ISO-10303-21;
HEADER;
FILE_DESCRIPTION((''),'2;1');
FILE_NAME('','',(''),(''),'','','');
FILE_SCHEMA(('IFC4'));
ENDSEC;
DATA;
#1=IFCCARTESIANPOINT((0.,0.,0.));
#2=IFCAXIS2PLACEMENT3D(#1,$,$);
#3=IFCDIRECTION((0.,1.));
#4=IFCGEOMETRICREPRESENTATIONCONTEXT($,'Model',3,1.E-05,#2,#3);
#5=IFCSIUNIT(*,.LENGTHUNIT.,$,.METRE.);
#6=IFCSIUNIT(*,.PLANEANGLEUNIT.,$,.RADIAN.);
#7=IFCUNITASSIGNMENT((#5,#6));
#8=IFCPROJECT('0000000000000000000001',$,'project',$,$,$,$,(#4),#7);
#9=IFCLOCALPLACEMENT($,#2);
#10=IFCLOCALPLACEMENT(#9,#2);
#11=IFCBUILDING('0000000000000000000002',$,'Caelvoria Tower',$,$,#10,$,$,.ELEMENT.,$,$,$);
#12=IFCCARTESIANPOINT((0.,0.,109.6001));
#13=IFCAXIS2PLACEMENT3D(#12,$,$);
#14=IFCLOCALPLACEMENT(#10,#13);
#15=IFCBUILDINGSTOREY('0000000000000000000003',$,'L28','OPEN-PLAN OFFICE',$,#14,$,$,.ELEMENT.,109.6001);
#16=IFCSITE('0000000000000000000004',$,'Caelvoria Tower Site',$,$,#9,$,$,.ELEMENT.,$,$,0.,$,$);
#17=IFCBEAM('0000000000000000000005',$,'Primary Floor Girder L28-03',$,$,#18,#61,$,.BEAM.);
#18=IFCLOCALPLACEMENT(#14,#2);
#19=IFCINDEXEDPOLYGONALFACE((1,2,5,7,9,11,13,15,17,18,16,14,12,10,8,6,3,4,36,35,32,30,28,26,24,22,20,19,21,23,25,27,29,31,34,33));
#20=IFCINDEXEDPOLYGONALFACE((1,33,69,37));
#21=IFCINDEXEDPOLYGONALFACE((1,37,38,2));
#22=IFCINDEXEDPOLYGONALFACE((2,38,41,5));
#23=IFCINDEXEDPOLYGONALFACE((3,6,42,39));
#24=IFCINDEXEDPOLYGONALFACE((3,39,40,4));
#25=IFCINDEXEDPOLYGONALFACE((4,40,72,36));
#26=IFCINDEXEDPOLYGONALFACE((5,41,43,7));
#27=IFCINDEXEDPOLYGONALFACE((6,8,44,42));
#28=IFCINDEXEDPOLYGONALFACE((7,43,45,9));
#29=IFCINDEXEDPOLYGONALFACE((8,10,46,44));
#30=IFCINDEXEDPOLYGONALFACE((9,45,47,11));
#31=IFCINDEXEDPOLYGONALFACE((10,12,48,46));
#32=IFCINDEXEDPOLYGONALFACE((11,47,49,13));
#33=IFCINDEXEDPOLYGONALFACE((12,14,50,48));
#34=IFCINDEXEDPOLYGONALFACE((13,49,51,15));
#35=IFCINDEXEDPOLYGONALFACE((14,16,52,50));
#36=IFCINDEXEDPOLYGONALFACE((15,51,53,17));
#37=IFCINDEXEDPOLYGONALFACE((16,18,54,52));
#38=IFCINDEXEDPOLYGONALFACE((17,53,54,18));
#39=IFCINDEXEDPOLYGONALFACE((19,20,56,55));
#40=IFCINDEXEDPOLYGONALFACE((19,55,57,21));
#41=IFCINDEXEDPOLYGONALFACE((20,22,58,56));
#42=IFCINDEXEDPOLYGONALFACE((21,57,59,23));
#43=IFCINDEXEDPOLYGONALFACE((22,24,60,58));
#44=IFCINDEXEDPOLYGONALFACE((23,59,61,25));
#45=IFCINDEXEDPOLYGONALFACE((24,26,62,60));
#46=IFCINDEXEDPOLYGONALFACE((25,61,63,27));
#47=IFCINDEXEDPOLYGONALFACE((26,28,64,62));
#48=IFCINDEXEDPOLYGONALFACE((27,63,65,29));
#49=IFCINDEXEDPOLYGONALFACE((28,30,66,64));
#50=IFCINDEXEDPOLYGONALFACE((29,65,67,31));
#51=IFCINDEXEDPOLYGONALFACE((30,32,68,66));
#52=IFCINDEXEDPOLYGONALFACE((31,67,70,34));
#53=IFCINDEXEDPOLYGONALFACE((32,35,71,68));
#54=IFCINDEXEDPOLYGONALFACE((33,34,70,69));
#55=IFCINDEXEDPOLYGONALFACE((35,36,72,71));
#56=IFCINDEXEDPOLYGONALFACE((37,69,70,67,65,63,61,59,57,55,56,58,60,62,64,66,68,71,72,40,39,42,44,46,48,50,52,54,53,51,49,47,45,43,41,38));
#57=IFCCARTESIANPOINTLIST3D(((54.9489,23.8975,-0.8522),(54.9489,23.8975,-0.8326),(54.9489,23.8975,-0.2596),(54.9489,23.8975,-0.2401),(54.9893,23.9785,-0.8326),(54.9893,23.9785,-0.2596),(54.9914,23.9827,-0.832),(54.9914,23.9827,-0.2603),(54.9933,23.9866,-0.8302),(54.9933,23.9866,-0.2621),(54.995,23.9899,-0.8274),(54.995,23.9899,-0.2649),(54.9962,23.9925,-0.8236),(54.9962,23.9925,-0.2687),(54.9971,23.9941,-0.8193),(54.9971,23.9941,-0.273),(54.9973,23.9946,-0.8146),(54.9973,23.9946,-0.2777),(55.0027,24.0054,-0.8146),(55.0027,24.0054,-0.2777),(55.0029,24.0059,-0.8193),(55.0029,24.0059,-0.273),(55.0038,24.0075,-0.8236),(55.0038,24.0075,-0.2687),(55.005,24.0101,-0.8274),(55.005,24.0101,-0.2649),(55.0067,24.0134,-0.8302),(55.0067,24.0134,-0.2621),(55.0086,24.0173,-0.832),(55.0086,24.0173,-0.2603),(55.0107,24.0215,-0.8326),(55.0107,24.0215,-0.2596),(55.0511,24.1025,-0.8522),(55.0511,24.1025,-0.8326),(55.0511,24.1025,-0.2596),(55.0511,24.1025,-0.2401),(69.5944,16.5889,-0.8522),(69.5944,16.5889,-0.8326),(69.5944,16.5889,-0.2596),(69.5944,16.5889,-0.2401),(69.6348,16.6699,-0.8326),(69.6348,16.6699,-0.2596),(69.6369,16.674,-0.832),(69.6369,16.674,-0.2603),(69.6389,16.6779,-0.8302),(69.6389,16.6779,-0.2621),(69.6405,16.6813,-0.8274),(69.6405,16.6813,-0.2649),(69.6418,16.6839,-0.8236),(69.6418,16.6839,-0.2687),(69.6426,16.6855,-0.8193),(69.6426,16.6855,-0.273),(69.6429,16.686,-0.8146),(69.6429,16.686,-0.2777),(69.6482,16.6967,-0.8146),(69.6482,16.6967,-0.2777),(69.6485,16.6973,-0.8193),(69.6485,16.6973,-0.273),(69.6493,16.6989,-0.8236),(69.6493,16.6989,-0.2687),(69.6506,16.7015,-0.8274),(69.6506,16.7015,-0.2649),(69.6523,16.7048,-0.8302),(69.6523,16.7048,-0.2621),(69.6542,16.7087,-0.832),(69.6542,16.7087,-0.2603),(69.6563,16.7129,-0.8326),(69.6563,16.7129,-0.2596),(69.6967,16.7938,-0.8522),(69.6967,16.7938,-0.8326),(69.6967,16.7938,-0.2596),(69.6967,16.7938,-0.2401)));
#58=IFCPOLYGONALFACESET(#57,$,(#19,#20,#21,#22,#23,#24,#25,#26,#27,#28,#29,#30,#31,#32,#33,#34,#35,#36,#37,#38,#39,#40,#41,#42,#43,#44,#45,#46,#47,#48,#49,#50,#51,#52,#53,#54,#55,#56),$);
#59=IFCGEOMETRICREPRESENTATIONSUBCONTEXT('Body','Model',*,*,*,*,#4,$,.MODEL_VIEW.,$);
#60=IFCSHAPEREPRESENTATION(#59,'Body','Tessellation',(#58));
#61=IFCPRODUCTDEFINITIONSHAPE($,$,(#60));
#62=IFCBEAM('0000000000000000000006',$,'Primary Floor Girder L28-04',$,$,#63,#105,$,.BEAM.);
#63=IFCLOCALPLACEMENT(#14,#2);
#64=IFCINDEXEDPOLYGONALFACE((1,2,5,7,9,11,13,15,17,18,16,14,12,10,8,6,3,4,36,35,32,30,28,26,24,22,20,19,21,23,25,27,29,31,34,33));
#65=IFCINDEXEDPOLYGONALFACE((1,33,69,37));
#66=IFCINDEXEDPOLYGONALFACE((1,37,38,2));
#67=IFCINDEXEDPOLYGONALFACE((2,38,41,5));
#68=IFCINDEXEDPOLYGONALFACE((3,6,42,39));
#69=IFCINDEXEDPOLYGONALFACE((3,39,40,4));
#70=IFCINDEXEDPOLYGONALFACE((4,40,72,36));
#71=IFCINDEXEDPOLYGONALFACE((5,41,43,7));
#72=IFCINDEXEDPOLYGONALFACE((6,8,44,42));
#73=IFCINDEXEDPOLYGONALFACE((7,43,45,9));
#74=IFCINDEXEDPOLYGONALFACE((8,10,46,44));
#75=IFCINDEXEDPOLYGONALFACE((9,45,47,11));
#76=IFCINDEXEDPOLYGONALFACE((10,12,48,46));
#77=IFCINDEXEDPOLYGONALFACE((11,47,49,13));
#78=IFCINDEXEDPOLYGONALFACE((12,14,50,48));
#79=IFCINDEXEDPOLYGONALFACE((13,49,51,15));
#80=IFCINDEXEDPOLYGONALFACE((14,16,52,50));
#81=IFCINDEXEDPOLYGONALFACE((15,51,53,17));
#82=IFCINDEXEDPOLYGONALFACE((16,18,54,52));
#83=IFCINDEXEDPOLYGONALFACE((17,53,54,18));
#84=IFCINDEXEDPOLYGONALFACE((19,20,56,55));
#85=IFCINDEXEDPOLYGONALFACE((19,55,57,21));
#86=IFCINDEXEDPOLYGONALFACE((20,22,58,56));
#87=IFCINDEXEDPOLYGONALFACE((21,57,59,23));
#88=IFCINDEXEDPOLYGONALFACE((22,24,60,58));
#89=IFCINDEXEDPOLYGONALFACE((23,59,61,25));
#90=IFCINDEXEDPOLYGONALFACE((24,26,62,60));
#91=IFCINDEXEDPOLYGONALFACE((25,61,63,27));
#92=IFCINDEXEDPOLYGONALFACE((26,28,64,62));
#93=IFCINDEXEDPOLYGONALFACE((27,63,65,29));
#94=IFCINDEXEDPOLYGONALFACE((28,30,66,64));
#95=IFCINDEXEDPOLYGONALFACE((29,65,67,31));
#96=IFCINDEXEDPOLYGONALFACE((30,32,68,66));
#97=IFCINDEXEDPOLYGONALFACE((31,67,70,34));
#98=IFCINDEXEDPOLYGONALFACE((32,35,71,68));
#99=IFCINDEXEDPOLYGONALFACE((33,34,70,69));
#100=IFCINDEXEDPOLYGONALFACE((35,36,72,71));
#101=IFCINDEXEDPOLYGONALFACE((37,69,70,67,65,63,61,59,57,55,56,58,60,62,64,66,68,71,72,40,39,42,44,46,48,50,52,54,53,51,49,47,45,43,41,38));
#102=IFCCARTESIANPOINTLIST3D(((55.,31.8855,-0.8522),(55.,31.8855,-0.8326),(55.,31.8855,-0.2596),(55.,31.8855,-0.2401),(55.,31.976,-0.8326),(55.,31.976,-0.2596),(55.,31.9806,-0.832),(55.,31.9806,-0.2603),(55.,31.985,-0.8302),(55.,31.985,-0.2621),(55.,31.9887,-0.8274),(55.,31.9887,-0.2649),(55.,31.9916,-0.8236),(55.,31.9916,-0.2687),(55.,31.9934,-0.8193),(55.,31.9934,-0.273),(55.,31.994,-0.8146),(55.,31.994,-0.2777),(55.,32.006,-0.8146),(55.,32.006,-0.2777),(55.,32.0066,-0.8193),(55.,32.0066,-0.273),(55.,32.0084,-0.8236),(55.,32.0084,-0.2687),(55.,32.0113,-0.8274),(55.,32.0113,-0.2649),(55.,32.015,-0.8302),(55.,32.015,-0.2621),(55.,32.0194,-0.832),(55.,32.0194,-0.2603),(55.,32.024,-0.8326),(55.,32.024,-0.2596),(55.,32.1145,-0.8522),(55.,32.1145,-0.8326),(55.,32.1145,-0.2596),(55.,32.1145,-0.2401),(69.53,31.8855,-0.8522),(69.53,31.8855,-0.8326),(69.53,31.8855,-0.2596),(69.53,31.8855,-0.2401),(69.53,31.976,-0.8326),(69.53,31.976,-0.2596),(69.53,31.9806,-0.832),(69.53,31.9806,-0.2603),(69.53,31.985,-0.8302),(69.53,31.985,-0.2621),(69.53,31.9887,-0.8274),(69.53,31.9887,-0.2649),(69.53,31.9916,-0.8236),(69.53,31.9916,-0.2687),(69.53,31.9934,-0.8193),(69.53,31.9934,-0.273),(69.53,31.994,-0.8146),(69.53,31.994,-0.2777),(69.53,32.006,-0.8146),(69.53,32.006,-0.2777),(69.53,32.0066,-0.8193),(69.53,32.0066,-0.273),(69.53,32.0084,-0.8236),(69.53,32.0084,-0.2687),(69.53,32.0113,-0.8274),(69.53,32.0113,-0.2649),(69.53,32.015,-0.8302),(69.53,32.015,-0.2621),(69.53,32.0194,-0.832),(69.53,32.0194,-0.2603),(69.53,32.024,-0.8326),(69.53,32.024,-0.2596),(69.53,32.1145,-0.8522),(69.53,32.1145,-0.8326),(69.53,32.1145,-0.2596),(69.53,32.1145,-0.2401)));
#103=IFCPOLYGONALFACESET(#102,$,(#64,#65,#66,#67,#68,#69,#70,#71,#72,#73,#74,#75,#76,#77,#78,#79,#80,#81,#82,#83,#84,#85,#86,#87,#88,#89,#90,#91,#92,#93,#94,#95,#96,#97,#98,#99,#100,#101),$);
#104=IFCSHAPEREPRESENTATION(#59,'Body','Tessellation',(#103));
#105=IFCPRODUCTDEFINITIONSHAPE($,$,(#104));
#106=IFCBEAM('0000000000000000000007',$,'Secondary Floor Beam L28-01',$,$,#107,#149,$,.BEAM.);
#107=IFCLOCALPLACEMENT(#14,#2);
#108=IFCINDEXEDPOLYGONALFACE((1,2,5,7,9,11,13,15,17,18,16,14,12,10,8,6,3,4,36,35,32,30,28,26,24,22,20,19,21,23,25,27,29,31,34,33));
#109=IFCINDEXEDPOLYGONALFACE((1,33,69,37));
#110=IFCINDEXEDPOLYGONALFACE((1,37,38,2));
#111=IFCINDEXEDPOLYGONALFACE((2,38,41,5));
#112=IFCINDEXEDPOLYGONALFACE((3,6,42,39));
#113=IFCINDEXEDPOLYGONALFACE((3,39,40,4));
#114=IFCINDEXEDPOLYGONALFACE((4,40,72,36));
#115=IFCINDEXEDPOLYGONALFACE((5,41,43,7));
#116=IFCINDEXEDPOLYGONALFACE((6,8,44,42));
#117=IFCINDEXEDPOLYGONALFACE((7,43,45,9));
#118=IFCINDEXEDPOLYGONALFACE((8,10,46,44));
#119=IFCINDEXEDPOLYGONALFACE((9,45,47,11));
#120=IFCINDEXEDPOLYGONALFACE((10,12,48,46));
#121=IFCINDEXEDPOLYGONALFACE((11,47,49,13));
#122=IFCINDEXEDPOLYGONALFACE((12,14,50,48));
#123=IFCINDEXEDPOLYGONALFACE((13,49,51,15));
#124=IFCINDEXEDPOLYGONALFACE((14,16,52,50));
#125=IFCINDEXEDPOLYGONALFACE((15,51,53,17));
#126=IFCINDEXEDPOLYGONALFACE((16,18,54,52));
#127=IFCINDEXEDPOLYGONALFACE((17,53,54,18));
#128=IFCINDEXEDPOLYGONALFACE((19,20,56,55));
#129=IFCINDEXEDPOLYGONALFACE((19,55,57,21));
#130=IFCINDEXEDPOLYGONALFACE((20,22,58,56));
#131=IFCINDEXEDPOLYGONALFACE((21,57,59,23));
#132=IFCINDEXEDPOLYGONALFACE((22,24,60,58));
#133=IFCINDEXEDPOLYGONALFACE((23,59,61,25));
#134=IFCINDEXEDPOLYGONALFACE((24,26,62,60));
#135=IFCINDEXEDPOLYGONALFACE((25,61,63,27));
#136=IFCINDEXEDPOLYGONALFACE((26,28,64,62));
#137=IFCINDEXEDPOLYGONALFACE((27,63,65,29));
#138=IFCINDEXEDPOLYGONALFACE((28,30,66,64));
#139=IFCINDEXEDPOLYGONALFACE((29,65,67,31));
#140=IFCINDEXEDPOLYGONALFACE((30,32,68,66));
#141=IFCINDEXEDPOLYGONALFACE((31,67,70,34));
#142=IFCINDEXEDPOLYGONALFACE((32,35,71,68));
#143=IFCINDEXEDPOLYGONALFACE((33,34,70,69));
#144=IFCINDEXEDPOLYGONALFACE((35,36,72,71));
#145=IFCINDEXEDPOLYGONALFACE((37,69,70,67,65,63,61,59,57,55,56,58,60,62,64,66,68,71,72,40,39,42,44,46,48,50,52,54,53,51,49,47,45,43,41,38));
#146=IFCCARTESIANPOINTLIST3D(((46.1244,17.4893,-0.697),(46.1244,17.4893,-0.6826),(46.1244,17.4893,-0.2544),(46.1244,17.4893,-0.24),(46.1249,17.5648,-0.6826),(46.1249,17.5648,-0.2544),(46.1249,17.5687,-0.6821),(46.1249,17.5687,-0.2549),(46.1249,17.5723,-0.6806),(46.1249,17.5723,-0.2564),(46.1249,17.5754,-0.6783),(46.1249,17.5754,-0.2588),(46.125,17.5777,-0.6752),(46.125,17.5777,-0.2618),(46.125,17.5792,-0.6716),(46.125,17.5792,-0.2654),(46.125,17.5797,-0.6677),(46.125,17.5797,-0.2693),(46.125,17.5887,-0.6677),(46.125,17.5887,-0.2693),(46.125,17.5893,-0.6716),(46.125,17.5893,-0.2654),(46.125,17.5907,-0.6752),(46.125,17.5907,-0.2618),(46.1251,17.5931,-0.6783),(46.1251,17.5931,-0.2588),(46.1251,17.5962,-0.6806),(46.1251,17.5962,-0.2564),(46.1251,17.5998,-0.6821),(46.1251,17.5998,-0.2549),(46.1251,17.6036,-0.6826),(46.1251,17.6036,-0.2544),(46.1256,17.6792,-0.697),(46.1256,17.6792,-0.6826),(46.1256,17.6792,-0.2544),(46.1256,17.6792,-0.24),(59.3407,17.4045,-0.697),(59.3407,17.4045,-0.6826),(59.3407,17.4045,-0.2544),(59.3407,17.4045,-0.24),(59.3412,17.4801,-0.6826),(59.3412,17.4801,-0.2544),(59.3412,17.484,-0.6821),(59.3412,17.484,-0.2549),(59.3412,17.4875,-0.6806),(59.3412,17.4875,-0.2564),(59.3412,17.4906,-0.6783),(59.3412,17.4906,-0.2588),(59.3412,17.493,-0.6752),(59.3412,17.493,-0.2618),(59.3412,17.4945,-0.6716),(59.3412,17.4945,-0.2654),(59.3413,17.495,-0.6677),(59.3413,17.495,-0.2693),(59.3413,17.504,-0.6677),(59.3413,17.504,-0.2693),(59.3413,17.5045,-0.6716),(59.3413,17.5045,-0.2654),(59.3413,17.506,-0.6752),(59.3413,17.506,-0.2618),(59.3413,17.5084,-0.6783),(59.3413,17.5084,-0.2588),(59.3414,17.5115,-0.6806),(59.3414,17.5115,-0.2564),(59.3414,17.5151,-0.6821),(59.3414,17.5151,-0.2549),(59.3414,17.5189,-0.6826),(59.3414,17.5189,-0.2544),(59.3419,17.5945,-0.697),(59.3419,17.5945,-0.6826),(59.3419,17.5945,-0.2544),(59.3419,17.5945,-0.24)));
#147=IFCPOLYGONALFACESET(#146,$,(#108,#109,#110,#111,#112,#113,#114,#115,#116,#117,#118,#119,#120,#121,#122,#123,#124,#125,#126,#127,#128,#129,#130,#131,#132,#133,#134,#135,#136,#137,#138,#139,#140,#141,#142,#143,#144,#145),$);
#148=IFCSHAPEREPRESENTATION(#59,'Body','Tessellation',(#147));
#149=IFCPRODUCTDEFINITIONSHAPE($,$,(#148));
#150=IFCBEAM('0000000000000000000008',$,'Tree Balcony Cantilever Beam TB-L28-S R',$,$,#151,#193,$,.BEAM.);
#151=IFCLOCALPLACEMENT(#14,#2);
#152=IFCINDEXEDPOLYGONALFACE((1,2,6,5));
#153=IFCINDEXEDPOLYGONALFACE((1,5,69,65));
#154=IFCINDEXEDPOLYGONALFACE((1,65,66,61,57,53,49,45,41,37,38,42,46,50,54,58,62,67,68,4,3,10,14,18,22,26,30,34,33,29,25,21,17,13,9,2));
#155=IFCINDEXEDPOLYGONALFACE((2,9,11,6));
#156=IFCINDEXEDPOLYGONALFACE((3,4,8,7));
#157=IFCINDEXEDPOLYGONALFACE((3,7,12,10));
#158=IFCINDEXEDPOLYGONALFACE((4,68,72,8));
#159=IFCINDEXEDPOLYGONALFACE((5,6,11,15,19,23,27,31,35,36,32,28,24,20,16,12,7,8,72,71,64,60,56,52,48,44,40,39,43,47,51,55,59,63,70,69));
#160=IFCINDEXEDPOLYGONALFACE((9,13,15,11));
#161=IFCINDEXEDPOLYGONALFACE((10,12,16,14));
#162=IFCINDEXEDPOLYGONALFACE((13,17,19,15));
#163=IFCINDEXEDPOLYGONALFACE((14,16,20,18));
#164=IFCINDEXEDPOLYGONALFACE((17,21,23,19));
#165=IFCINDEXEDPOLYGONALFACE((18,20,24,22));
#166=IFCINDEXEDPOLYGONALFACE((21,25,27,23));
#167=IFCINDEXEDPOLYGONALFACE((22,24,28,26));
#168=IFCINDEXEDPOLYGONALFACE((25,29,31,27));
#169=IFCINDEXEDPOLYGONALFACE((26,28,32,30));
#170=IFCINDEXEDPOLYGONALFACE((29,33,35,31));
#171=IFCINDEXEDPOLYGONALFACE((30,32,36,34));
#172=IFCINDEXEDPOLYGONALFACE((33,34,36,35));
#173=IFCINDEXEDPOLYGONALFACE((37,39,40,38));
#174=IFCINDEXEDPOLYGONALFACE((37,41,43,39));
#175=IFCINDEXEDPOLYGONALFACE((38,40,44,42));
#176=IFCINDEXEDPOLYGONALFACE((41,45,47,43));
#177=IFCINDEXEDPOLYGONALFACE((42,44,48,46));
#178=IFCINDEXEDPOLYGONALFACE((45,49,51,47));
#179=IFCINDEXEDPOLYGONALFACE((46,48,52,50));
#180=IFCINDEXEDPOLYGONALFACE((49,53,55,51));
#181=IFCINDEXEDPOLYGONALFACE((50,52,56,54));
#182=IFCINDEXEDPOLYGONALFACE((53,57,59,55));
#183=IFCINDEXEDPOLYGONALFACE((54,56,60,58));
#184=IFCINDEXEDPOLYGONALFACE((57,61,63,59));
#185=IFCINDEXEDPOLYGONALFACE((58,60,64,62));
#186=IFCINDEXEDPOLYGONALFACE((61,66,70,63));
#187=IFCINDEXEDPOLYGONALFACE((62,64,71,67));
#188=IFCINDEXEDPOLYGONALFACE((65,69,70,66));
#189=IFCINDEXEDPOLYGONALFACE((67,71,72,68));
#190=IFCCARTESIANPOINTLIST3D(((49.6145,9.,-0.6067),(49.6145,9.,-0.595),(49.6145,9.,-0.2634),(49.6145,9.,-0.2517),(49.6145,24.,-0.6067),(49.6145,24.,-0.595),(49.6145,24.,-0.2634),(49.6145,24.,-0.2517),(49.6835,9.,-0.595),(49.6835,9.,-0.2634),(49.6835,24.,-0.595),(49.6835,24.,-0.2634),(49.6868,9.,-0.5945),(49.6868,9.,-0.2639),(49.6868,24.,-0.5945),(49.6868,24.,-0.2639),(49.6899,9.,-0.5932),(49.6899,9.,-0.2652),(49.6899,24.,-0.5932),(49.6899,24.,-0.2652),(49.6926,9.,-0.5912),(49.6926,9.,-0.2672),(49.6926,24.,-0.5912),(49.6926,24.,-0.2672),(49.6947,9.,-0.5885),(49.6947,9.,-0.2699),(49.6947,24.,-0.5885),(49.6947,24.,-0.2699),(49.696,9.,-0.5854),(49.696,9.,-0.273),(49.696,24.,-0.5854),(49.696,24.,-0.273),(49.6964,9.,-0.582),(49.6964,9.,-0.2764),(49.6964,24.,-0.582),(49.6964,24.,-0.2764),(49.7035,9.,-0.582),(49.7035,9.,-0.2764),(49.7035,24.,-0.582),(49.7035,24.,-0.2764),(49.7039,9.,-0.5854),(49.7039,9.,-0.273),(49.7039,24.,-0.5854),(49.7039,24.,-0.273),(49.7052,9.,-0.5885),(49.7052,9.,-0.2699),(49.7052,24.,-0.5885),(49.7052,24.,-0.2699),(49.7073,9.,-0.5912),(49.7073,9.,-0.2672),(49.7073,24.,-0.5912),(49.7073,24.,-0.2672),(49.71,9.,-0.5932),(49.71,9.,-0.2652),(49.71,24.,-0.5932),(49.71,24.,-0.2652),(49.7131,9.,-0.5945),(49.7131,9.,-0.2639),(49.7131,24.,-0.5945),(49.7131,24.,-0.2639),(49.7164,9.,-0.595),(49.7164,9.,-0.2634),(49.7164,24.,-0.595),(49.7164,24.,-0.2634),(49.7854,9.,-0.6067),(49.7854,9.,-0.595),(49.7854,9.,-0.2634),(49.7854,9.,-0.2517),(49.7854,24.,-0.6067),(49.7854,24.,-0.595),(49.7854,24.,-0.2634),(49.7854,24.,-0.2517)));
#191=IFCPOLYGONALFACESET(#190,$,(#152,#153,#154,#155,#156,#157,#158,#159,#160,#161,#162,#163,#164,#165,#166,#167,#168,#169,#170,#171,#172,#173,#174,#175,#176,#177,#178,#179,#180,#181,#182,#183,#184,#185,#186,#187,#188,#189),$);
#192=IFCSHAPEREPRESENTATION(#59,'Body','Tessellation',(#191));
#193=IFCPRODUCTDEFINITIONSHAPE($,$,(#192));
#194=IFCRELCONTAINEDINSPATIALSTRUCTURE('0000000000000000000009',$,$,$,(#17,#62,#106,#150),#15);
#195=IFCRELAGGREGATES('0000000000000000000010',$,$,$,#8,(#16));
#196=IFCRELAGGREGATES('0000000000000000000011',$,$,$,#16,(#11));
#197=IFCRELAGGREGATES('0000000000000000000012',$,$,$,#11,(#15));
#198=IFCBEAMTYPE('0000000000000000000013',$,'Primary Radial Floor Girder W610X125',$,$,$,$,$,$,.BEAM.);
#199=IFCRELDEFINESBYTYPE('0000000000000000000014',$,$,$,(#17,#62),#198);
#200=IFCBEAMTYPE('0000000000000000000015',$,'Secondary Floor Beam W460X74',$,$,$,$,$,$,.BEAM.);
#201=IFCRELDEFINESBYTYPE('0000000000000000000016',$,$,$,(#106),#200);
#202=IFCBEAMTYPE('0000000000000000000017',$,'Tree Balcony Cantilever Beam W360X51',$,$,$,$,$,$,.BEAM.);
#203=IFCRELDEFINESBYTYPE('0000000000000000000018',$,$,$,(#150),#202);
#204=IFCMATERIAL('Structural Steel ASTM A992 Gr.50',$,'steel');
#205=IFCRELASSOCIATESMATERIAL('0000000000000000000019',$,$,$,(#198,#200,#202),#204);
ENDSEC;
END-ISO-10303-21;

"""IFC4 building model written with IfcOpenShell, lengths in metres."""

from ifc_helpers import new_model, si_unit, direction, frame, origin, origin_2d, place, context, subcontext, project, spatial, i_section, extrude, material, material_profile, profile_set, type_object, element, save


model = new_model("IFC4")

# Units and contexts
model_context = context("Model", 3, precision=1e-05, world=origin(), true_north=direction((0.0, 1.0)))
body_context = subcontext(model_context, "Body", "Model", "MODEL_VIEW")
ifc_project = project(units=[si_unit("LENGTHUNIT", "METRE"), si_unit("PLANEANGLEUNIT", "RADIAN")], contexts=[model_context])

# Site, building, storey
site_placement = place(None, origin())
site = spatial("IfcSite", under=ifc_project, at=site_placement, Name="Caelvoria Tower Site", CompositionType="ELEMENT", RefElevation=0.0)
building_placement = place(site_placement, origin())
building = spatial("IfcBuilding", under=site, at=building_placement, Name="Caelvoria Tower", CompositionType="ELEMENT")
storey_placement = place(building_placement, frame((0.0, 0.0, 109.6001)))
storey = spatial("IfcBuildingStorey", under=building, at=storey_placement, Name="L28", Description="OPEN-PLAN OFFICE", CompositionType="ELEMENT", Elevation=109.6001)

# Beams
ifc_material_1 = material(Name="Structural Steel ASTM A992 Gr.50", Category="steel")
ifc_material_profile_1 = material_profile(ifc_material_1, i_section(OverallWidth=0.229, OverallDepth=0.6121, WebThickness=0.012, FlangeThickness=0.0195, FilletRadius=0.0181, at=origin_2d()), Name="Structural Steel ASTM A992 Gr.50")
ifc_profile_set_1 = profile_set([ifc_material_profile_1], Name="W610X125 - Structural Steel ASTM A992 Gr.50")
beam_type_1 = type_object("IfcBeamType", Name="Primary Radial Floor Girder W610X125", PredefinedType="BEAM", material=ifc_profile_set_1)
beam_1_placement = place(storey_placement, frame((55.0, 24.0, -0.5461), z_axis=(0.894773, -0.446521, 0.0), x_axis=(0.446521, 0.894773, 0.0)))
element("IfcBeam", 1, at=beam_1_placement, inside=storey, type_object=beam_type_1, Name="Primary Floor Girder L28-03", PredefinedType="BEAM", context=body_context, shape_type="SweptSolid", body=[
    extrude(i_section(OverallWidth=0.229, OverallDepth=0.6121, WebThickness=0.012, FlangeThickness=0.0195, FilletRadius=0.0181, at=origin_2d()), origin(), (0.0, 0.0, 1.0), 16.3679),
])
beam_2_placement = place(storey_placement, frame((55.0, 32.0, -0.5461), z_axis=(1.0, 0.0, 0.0), x_axis=(0.0, 1.0, 0.0)))
element("IfcBeam", 2, at=beam_2_placement, inside=storey, type_object=beam_type_1, Name="Primary Floor Girder L28-04", PredefinedType="BEAM", context=body_context, shape_type="SweptSolid", body=[
    extrude(i_section(OverallWidth=0.229, OverallDepth=0.6121, WebThickness=0.012, FlangeThickness=0.0195, FilletRadius=0.0181, at=origin_2d()), origin(), (0.0, 0.0, 1.0), 14.53),
])
ifc_material_profile_2 = material_profile(ifc_material_1, i_section(OverallWidth=0.1899, OverallDepth=0.457, WebThickness=0.009, FlangeThickness=0.0144, FilletRadius=0.0149, at=origin_2d()), Name="Structural Steel ASTM A992 Gr.50")
ifc_profile_set_2 = profile_set([ifc_material_profile_2], Name="W460X74 - Structural Steel ASTM A992 Gr.50")
beam_type_2 = type_object("IfcBeamType", Name="Secondary Floor Beam W460X74", PredefinedType="BEAM", material=ifc_profile_set_2)
beam_3_placement = place(storey_placement, frame((46.125, 17.5842, -0.4685), z_axis=(0.999979, -0.00641, 0.0), x_axis=(0.00641, 0.999979, 0.0)))
element("IfcBeam", 3, at=beam_3_placement, inside=storey, type_object=beam_type_2, Name="Secondary Floor Beam L28-01", PredefinedType="BEAM", context=body_context, shape_type="SweptSolid", body=[
    extrude(i_section(OverallWidth=0.1899, OverallDepth=0.457, WebThickness=0.009, FlangeThickness=0.0144, FilletRadius=0.0149, at=origin_2d()), origin(), (0.0, 0.0, 1.0), 13.2166),
])
ifc_material_profile_3 = material_profile(ifc_material_1, i_section(OverallWidth=0.1709, OverallDepth=0.355, WebThickness=0.0071, FlangeThickness=0.0117, FilletRadius=0.0129, at=origin_2d()), Name="Structural Steel ASTM A992 Gr.50")
ifc_profile_set_3 = profile_set([ifc_material_profile_3], Name="W360X51 - Structural Steel ASTM A992 Gr.50")
beam_type_3 = type_object("IfcBeamType", Name="Tree Balcony Cantilever Beam W360X51", PredefinedType="BEAM", material=ifc_profile_set_3)
beam_4_placement = place(storey_placement, frame((49.7, 24.0, -0.4292), z_axis=(0.0, -1.0, 0.0), x_axis=(1.0, 0.0, 0.0)))
element("IfcBeam", 4, at=beam_4_placement, inside=storey, type_object=beam_type_3, Name="Tree Balcony Cantilever Beam TB-L28-S R", PredefinedType="BEAM", context=body_context, shape_type="SweptSolid", body=[
    extrude(i_section(OverallWidth=0.1709, OverallDepth=0.355, WebThickness=0.0071, FlangeThickness=0.0117, FilletRadius=0.0129, at=origin_2d()), origin(), (0.0, 0.0, 1.0), 15.0),
])

save(model, "model.ifc")
